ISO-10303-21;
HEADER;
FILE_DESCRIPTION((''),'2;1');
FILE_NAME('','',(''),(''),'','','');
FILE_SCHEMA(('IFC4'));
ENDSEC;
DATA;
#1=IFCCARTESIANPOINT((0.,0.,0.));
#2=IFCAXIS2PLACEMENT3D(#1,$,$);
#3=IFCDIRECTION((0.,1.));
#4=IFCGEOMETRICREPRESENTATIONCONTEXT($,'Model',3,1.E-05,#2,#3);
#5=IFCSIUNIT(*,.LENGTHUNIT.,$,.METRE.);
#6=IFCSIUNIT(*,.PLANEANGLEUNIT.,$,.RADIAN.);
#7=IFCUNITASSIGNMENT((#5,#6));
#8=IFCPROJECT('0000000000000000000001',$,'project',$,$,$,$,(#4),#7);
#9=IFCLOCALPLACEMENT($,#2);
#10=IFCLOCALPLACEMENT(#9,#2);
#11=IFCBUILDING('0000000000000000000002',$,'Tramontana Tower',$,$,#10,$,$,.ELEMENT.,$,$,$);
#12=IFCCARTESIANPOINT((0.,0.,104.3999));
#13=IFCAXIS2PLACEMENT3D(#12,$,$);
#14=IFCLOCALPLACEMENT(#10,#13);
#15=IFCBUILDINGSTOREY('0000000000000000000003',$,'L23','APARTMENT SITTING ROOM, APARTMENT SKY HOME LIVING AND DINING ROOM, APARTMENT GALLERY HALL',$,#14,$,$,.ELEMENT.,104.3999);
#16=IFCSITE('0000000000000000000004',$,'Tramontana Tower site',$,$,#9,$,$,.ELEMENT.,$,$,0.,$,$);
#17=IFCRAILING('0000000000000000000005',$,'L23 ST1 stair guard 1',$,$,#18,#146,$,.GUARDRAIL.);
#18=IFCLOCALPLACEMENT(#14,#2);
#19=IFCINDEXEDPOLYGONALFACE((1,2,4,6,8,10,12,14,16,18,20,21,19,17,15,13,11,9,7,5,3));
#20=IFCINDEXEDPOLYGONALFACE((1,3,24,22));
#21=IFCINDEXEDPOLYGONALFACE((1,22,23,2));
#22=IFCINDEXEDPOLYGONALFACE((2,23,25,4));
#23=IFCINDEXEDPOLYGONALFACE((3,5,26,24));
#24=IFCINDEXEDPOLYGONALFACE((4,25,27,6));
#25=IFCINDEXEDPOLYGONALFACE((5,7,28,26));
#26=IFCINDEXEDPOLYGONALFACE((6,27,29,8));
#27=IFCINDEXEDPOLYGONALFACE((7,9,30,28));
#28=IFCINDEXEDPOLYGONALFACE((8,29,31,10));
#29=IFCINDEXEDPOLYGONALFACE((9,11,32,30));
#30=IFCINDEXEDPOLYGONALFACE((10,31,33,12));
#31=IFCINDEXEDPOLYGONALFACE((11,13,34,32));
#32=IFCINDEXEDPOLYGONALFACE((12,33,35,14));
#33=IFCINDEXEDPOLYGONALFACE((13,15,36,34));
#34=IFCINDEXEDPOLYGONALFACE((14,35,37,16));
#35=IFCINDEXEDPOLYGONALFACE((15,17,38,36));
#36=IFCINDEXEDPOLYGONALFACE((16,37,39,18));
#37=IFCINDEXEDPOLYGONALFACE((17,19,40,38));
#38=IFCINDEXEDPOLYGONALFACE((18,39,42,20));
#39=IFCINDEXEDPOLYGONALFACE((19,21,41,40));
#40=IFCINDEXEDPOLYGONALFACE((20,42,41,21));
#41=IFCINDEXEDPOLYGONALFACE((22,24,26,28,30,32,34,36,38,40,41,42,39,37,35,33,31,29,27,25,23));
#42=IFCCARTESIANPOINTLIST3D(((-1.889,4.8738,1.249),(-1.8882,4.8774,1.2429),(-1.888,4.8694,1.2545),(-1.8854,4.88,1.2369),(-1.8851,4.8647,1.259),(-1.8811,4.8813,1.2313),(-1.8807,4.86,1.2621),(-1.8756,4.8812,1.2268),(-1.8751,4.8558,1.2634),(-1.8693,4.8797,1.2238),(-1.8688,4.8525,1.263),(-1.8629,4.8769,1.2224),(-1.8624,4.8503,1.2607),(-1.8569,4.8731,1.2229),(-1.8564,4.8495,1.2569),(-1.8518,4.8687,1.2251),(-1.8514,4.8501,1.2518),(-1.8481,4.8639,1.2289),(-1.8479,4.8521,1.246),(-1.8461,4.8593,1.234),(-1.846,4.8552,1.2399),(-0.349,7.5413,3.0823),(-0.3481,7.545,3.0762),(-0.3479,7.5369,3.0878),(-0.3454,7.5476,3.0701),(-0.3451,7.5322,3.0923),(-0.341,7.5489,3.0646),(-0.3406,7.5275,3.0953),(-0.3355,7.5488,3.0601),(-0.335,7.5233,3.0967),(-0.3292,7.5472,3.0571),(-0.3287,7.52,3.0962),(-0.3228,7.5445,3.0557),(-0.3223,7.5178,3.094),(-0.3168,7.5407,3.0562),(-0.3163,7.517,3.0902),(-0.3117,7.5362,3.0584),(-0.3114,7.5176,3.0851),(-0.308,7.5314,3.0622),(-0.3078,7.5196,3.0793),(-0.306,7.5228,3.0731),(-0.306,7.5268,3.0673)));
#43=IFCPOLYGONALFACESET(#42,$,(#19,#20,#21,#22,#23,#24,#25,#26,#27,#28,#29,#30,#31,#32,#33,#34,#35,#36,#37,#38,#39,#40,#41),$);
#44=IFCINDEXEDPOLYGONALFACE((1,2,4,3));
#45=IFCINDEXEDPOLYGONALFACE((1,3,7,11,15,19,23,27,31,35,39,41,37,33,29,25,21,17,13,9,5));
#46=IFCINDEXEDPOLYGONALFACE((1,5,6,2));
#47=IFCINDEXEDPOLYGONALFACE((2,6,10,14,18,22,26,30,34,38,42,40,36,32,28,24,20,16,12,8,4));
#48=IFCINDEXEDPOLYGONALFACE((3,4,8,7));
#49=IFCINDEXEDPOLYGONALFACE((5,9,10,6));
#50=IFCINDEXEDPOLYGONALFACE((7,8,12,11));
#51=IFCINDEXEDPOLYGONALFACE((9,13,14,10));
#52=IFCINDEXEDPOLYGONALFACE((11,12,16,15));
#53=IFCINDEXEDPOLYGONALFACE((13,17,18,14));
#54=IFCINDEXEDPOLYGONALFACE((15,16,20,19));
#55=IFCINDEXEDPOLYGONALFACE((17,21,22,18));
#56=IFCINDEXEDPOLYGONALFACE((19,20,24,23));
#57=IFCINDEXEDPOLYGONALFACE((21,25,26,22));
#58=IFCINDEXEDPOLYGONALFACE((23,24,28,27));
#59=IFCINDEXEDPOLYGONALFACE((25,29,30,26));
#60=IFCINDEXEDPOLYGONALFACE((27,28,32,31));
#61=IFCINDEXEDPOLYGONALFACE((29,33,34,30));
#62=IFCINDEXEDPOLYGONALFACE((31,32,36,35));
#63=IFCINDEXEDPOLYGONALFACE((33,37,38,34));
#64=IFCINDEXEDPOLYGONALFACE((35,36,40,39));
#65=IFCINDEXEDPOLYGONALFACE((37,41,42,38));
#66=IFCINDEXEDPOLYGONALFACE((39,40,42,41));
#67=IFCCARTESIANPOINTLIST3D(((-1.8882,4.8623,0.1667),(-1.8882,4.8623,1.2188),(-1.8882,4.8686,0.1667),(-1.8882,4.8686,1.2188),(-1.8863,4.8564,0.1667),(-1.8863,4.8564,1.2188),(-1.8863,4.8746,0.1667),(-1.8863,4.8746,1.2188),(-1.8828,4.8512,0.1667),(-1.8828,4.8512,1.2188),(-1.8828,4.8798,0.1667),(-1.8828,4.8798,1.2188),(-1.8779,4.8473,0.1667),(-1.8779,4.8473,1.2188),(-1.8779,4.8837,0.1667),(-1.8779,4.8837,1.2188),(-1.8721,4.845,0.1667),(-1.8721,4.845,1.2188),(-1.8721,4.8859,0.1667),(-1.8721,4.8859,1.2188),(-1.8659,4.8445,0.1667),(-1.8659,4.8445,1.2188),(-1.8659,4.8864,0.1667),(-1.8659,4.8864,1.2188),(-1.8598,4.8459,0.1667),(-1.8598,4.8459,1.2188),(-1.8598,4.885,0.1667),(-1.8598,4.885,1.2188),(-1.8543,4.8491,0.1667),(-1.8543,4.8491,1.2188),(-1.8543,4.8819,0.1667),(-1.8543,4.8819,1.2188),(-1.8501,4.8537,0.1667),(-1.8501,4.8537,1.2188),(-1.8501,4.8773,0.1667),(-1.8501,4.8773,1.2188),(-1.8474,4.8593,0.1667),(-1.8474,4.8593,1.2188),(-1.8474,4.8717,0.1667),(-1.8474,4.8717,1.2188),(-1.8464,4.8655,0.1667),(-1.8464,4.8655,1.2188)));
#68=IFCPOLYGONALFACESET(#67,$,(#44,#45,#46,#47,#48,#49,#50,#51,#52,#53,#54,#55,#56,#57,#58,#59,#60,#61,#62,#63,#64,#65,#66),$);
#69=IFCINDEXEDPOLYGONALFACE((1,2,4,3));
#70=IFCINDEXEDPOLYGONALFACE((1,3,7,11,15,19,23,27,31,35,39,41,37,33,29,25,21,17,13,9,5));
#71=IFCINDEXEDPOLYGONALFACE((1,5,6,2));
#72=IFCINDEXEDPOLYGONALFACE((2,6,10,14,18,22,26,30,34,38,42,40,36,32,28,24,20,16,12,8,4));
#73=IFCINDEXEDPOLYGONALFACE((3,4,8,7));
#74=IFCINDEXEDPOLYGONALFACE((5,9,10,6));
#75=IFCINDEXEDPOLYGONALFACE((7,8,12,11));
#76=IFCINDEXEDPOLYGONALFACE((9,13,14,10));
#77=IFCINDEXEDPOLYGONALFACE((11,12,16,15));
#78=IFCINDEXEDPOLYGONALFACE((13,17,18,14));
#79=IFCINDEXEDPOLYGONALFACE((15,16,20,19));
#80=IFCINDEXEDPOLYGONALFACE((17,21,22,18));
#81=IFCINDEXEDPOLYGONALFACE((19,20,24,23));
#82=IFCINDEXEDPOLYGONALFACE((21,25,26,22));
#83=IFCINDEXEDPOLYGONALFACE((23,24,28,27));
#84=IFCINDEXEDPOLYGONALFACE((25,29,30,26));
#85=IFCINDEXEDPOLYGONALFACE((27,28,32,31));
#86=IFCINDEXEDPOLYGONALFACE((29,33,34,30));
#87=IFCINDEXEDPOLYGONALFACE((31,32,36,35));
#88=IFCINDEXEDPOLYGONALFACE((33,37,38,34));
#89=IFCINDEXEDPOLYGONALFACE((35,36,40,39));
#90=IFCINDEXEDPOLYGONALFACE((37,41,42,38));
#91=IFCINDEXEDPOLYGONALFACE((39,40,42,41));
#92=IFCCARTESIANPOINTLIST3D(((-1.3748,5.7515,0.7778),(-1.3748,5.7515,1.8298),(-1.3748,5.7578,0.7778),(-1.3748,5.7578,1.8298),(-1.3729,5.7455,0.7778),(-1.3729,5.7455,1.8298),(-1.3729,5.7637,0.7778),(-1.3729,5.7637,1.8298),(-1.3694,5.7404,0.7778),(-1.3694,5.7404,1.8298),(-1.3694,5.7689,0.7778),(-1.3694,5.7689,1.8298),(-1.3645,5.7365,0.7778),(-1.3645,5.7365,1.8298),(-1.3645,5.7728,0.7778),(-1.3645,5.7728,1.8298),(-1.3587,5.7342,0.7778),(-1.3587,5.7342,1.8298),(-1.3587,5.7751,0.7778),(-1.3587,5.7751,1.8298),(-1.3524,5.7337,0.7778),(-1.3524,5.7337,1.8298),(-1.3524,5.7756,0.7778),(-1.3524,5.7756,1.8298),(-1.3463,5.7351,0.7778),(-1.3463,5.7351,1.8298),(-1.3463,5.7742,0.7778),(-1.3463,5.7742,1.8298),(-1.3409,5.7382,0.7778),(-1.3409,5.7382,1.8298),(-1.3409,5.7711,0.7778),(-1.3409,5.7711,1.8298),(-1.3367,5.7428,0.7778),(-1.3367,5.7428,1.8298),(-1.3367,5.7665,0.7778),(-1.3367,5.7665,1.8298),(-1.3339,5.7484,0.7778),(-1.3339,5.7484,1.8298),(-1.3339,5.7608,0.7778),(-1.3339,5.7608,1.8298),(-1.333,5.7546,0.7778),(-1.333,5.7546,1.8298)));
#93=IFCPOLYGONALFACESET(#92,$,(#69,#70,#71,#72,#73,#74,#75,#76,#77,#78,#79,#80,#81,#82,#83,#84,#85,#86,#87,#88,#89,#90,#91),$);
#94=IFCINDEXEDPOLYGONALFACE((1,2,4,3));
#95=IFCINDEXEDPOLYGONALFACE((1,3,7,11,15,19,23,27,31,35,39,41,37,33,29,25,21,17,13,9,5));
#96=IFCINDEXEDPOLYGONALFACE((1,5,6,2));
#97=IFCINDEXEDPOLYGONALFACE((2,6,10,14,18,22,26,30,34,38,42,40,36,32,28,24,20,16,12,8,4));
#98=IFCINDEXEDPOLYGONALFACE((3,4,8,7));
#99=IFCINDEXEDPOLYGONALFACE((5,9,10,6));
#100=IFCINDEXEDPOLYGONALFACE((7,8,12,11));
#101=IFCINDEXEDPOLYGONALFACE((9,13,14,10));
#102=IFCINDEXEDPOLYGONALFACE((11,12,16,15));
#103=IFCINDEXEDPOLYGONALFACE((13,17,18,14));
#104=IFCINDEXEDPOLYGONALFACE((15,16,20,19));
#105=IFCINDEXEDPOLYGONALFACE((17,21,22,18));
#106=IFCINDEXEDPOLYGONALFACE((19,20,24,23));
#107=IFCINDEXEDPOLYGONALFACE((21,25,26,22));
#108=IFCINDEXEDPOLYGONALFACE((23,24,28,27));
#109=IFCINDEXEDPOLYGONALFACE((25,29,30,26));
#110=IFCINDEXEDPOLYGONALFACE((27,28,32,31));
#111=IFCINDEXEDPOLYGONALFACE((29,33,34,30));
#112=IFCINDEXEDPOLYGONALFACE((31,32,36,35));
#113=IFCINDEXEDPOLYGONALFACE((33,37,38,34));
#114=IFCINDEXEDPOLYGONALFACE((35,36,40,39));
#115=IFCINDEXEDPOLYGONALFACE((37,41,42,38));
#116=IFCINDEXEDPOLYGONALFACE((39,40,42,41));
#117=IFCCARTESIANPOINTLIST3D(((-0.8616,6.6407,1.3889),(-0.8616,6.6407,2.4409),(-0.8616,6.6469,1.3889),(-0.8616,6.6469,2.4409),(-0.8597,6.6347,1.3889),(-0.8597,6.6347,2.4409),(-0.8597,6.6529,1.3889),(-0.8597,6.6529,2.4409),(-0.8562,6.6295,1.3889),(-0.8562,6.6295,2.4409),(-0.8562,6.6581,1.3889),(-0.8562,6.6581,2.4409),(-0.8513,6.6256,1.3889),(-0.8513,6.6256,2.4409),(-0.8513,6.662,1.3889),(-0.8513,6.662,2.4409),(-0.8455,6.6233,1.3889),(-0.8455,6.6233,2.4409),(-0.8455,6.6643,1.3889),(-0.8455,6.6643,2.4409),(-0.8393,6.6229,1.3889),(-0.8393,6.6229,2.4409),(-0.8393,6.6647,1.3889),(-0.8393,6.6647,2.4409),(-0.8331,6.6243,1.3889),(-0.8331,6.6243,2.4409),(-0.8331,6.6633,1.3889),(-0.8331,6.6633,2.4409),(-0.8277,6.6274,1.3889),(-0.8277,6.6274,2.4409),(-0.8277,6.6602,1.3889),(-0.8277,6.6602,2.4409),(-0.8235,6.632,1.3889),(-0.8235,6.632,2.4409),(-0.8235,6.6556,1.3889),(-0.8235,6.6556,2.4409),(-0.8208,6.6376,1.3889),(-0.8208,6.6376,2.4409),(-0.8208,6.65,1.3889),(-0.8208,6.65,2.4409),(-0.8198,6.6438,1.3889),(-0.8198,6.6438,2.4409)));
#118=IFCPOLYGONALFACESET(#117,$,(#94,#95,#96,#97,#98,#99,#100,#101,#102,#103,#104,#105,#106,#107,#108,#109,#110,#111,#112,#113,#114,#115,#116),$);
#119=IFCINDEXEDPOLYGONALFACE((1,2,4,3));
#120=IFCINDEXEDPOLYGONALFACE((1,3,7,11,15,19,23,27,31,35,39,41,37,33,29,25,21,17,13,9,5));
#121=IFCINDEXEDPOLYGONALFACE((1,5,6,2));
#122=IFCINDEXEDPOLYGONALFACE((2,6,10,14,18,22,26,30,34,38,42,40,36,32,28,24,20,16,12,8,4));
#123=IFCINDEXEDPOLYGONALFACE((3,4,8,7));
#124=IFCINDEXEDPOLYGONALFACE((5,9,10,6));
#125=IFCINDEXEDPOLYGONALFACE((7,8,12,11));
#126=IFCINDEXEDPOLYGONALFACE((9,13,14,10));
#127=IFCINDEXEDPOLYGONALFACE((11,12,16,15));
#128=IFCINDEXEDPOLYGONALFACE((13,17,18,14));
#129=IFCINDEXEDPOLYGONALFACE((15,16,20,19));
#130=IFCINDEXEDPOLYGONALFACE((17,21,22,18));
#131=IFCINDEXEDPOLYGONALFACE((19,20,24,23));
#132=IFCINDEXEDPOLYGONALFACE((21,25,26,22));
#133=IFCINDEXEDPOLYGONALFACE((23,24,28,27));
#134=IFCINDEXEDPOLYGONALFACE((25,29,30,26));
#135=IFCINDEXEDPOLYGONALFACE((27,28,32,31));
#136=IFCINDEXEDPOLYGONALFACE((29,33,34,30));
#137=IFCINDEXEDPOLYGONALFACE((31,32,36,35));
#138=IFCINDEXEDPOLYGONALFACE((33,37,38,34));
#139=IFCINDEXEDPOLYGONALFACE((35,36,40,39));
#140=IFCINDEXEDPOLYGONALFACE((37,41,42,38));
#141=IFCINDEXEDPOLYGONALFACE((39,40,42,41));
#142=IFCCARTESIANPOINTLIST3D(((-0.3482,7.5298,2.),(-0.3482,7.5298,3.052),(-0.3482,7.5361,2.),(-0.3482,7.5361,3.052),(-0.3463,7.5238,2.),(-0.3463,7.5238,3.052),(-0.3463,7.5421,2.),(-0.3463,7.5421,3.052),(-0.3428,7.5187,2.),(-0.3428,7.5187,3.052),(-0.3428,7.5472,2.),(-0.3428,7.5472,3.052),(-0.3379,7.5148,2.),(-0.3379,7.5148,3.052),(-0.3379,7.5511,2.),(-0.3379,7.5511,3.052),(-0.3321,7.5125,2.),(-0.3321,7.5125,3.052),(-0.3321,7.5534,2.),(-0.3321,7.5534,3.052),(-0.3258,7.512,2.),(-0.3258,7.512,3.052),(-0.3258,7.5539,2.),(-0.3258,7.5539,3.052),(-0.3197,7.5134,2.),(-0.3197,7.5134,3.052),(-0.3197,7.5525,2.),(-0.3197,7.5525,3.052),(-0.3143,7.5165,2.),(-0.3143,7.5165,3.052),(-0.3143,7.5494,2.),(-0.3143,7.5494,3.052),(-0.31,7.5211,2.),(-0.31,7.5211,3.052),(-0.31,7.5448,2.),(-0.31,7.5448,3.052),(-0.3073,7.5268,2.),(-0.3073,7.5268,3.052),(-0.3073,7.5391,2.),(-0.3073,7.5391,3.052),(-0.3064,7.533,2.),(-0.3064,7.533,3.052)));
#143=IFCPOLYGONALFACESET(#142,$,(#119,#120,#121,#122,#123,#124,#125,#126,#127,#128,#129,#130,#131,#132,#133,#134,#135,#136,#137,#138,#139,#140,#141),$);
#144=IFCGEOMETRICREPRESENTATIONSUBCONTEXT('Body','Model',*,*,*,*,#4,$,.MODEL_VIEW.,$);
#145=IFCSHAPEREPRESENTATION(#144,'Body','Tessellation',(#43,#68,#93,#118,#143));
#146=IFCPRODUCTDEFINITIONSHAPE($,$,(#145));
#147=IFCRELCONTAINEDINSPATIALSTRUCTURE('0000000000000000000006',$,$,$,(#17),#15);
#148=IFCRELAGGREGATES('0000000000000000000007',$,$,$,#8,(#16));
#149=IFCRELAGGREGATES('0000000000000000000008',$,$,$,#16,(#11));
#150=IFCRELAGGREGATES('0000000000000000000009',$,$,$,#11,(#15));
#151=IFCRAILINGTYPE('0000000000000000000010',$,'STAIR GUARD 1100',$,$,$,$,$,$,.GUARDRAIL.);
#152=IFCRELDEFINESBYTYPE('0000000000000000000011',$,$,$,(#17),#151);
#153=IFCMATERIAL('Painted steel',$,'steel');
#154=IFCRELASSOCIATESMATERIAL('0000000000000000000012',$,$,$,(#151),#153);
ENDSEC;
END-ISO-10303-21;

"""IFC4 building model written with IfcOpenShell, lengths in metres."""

from ifc_helpers import new_model, si_unit, direction, frame, origin, origin_2d, place, context, subcontext, project, spatial, circle, extrude, material, type_object, element, save


model = new_model("IFC4")

# Units and contexts
model_context = context("Model", 3, precision=1e-05, world=origin(), true_north=direction((0.0, 1.0)))
body_context = subcontext(model_context, "Body", "Model", "MODEL_VIEW")
ifc_project = project(units=[si_unit("LENGTHUNIT", "METRE"), si_unit("PLANEANGLEUNIT", "RADIAN")], contexts=[model_context])

# Site, building, storey
site_placement = place(None, origin())
site = spatial("IfcSite", under=ifc_project, at=site_placement, Name="Tramontana Tower site", CompositionType="ELEMENT", RefElevation=0.0)
building_placement = place(site_placement, origin())
building = spatial("IfcBuilding", under=site, at=building_placement, Name="Tramontana Tower", CompositionType="ELEMENT")
storey_placement = place(building_placement, frame((0.0, 0.0, 104.3999)))
storey = spatial("IfcBuildingStorey", under=building, at=storey_placement, Name="L23", Description="APARTMENT SITTING ROOM, APARTMENT SKY HOME LIVING AND DINING ROOM, APARTMENT GALLERY HALL", CompositionType="ELEMENT", Elevation=104.3999)

# Railing
ifc_material_1 = material(Name="Painted steel", Category="steel")
railing_type_1 = type_object("IfcRailingType", Name="STAIR GUARD 1100", PredefinedType="GUARDRAIL", material=ifc_material_1)
railing_1_placement = place(storey_placement, frame((-1.8674, 4.8655, 0.1667)))
element("IfcRailing", 1, at=railing_1_placement, inside=storey, type_object=railing_type_1, Name="L23 ST1 stair guard 1", PredefinedType="GUARDRAIL", context=body_context, shape_type="SweptSolid", body=[
    extrude(circle(Radius=0.0239, at=origin_2d()), frame((0.0, 0.0, 1.0762), z_axis=(0.429649, 0.74419, 0.511452), x_axis=(-0.86603, 0.499992, 0.0)), (0.0, 0.0, 1.0), 3.5845),
    extrude(circle(Radius=0.021, at=origin_2d()), origin(), (0.0, 0.0, 1.0), 1.052),
    extrude(circle(Radius=0.021, at=origin_2d()), frame((0.5134, 0.8892, 0.6111)), (0.0, 0.0, 1.0), 1.052),
    extrude(circle(Radius=0.021, at=origin_2d()), frame((1.0266, 1.7783, 1.2222)), (0.0, 0.0, 1.0), 1.052),
    extrude(circle(Radius=0.021, at=origin_2d()), frame((1.54, 2.6675, 1.8333)), (0.0, 0.0, 1.0), 1.052),
])

save(model, "model.ifc")
